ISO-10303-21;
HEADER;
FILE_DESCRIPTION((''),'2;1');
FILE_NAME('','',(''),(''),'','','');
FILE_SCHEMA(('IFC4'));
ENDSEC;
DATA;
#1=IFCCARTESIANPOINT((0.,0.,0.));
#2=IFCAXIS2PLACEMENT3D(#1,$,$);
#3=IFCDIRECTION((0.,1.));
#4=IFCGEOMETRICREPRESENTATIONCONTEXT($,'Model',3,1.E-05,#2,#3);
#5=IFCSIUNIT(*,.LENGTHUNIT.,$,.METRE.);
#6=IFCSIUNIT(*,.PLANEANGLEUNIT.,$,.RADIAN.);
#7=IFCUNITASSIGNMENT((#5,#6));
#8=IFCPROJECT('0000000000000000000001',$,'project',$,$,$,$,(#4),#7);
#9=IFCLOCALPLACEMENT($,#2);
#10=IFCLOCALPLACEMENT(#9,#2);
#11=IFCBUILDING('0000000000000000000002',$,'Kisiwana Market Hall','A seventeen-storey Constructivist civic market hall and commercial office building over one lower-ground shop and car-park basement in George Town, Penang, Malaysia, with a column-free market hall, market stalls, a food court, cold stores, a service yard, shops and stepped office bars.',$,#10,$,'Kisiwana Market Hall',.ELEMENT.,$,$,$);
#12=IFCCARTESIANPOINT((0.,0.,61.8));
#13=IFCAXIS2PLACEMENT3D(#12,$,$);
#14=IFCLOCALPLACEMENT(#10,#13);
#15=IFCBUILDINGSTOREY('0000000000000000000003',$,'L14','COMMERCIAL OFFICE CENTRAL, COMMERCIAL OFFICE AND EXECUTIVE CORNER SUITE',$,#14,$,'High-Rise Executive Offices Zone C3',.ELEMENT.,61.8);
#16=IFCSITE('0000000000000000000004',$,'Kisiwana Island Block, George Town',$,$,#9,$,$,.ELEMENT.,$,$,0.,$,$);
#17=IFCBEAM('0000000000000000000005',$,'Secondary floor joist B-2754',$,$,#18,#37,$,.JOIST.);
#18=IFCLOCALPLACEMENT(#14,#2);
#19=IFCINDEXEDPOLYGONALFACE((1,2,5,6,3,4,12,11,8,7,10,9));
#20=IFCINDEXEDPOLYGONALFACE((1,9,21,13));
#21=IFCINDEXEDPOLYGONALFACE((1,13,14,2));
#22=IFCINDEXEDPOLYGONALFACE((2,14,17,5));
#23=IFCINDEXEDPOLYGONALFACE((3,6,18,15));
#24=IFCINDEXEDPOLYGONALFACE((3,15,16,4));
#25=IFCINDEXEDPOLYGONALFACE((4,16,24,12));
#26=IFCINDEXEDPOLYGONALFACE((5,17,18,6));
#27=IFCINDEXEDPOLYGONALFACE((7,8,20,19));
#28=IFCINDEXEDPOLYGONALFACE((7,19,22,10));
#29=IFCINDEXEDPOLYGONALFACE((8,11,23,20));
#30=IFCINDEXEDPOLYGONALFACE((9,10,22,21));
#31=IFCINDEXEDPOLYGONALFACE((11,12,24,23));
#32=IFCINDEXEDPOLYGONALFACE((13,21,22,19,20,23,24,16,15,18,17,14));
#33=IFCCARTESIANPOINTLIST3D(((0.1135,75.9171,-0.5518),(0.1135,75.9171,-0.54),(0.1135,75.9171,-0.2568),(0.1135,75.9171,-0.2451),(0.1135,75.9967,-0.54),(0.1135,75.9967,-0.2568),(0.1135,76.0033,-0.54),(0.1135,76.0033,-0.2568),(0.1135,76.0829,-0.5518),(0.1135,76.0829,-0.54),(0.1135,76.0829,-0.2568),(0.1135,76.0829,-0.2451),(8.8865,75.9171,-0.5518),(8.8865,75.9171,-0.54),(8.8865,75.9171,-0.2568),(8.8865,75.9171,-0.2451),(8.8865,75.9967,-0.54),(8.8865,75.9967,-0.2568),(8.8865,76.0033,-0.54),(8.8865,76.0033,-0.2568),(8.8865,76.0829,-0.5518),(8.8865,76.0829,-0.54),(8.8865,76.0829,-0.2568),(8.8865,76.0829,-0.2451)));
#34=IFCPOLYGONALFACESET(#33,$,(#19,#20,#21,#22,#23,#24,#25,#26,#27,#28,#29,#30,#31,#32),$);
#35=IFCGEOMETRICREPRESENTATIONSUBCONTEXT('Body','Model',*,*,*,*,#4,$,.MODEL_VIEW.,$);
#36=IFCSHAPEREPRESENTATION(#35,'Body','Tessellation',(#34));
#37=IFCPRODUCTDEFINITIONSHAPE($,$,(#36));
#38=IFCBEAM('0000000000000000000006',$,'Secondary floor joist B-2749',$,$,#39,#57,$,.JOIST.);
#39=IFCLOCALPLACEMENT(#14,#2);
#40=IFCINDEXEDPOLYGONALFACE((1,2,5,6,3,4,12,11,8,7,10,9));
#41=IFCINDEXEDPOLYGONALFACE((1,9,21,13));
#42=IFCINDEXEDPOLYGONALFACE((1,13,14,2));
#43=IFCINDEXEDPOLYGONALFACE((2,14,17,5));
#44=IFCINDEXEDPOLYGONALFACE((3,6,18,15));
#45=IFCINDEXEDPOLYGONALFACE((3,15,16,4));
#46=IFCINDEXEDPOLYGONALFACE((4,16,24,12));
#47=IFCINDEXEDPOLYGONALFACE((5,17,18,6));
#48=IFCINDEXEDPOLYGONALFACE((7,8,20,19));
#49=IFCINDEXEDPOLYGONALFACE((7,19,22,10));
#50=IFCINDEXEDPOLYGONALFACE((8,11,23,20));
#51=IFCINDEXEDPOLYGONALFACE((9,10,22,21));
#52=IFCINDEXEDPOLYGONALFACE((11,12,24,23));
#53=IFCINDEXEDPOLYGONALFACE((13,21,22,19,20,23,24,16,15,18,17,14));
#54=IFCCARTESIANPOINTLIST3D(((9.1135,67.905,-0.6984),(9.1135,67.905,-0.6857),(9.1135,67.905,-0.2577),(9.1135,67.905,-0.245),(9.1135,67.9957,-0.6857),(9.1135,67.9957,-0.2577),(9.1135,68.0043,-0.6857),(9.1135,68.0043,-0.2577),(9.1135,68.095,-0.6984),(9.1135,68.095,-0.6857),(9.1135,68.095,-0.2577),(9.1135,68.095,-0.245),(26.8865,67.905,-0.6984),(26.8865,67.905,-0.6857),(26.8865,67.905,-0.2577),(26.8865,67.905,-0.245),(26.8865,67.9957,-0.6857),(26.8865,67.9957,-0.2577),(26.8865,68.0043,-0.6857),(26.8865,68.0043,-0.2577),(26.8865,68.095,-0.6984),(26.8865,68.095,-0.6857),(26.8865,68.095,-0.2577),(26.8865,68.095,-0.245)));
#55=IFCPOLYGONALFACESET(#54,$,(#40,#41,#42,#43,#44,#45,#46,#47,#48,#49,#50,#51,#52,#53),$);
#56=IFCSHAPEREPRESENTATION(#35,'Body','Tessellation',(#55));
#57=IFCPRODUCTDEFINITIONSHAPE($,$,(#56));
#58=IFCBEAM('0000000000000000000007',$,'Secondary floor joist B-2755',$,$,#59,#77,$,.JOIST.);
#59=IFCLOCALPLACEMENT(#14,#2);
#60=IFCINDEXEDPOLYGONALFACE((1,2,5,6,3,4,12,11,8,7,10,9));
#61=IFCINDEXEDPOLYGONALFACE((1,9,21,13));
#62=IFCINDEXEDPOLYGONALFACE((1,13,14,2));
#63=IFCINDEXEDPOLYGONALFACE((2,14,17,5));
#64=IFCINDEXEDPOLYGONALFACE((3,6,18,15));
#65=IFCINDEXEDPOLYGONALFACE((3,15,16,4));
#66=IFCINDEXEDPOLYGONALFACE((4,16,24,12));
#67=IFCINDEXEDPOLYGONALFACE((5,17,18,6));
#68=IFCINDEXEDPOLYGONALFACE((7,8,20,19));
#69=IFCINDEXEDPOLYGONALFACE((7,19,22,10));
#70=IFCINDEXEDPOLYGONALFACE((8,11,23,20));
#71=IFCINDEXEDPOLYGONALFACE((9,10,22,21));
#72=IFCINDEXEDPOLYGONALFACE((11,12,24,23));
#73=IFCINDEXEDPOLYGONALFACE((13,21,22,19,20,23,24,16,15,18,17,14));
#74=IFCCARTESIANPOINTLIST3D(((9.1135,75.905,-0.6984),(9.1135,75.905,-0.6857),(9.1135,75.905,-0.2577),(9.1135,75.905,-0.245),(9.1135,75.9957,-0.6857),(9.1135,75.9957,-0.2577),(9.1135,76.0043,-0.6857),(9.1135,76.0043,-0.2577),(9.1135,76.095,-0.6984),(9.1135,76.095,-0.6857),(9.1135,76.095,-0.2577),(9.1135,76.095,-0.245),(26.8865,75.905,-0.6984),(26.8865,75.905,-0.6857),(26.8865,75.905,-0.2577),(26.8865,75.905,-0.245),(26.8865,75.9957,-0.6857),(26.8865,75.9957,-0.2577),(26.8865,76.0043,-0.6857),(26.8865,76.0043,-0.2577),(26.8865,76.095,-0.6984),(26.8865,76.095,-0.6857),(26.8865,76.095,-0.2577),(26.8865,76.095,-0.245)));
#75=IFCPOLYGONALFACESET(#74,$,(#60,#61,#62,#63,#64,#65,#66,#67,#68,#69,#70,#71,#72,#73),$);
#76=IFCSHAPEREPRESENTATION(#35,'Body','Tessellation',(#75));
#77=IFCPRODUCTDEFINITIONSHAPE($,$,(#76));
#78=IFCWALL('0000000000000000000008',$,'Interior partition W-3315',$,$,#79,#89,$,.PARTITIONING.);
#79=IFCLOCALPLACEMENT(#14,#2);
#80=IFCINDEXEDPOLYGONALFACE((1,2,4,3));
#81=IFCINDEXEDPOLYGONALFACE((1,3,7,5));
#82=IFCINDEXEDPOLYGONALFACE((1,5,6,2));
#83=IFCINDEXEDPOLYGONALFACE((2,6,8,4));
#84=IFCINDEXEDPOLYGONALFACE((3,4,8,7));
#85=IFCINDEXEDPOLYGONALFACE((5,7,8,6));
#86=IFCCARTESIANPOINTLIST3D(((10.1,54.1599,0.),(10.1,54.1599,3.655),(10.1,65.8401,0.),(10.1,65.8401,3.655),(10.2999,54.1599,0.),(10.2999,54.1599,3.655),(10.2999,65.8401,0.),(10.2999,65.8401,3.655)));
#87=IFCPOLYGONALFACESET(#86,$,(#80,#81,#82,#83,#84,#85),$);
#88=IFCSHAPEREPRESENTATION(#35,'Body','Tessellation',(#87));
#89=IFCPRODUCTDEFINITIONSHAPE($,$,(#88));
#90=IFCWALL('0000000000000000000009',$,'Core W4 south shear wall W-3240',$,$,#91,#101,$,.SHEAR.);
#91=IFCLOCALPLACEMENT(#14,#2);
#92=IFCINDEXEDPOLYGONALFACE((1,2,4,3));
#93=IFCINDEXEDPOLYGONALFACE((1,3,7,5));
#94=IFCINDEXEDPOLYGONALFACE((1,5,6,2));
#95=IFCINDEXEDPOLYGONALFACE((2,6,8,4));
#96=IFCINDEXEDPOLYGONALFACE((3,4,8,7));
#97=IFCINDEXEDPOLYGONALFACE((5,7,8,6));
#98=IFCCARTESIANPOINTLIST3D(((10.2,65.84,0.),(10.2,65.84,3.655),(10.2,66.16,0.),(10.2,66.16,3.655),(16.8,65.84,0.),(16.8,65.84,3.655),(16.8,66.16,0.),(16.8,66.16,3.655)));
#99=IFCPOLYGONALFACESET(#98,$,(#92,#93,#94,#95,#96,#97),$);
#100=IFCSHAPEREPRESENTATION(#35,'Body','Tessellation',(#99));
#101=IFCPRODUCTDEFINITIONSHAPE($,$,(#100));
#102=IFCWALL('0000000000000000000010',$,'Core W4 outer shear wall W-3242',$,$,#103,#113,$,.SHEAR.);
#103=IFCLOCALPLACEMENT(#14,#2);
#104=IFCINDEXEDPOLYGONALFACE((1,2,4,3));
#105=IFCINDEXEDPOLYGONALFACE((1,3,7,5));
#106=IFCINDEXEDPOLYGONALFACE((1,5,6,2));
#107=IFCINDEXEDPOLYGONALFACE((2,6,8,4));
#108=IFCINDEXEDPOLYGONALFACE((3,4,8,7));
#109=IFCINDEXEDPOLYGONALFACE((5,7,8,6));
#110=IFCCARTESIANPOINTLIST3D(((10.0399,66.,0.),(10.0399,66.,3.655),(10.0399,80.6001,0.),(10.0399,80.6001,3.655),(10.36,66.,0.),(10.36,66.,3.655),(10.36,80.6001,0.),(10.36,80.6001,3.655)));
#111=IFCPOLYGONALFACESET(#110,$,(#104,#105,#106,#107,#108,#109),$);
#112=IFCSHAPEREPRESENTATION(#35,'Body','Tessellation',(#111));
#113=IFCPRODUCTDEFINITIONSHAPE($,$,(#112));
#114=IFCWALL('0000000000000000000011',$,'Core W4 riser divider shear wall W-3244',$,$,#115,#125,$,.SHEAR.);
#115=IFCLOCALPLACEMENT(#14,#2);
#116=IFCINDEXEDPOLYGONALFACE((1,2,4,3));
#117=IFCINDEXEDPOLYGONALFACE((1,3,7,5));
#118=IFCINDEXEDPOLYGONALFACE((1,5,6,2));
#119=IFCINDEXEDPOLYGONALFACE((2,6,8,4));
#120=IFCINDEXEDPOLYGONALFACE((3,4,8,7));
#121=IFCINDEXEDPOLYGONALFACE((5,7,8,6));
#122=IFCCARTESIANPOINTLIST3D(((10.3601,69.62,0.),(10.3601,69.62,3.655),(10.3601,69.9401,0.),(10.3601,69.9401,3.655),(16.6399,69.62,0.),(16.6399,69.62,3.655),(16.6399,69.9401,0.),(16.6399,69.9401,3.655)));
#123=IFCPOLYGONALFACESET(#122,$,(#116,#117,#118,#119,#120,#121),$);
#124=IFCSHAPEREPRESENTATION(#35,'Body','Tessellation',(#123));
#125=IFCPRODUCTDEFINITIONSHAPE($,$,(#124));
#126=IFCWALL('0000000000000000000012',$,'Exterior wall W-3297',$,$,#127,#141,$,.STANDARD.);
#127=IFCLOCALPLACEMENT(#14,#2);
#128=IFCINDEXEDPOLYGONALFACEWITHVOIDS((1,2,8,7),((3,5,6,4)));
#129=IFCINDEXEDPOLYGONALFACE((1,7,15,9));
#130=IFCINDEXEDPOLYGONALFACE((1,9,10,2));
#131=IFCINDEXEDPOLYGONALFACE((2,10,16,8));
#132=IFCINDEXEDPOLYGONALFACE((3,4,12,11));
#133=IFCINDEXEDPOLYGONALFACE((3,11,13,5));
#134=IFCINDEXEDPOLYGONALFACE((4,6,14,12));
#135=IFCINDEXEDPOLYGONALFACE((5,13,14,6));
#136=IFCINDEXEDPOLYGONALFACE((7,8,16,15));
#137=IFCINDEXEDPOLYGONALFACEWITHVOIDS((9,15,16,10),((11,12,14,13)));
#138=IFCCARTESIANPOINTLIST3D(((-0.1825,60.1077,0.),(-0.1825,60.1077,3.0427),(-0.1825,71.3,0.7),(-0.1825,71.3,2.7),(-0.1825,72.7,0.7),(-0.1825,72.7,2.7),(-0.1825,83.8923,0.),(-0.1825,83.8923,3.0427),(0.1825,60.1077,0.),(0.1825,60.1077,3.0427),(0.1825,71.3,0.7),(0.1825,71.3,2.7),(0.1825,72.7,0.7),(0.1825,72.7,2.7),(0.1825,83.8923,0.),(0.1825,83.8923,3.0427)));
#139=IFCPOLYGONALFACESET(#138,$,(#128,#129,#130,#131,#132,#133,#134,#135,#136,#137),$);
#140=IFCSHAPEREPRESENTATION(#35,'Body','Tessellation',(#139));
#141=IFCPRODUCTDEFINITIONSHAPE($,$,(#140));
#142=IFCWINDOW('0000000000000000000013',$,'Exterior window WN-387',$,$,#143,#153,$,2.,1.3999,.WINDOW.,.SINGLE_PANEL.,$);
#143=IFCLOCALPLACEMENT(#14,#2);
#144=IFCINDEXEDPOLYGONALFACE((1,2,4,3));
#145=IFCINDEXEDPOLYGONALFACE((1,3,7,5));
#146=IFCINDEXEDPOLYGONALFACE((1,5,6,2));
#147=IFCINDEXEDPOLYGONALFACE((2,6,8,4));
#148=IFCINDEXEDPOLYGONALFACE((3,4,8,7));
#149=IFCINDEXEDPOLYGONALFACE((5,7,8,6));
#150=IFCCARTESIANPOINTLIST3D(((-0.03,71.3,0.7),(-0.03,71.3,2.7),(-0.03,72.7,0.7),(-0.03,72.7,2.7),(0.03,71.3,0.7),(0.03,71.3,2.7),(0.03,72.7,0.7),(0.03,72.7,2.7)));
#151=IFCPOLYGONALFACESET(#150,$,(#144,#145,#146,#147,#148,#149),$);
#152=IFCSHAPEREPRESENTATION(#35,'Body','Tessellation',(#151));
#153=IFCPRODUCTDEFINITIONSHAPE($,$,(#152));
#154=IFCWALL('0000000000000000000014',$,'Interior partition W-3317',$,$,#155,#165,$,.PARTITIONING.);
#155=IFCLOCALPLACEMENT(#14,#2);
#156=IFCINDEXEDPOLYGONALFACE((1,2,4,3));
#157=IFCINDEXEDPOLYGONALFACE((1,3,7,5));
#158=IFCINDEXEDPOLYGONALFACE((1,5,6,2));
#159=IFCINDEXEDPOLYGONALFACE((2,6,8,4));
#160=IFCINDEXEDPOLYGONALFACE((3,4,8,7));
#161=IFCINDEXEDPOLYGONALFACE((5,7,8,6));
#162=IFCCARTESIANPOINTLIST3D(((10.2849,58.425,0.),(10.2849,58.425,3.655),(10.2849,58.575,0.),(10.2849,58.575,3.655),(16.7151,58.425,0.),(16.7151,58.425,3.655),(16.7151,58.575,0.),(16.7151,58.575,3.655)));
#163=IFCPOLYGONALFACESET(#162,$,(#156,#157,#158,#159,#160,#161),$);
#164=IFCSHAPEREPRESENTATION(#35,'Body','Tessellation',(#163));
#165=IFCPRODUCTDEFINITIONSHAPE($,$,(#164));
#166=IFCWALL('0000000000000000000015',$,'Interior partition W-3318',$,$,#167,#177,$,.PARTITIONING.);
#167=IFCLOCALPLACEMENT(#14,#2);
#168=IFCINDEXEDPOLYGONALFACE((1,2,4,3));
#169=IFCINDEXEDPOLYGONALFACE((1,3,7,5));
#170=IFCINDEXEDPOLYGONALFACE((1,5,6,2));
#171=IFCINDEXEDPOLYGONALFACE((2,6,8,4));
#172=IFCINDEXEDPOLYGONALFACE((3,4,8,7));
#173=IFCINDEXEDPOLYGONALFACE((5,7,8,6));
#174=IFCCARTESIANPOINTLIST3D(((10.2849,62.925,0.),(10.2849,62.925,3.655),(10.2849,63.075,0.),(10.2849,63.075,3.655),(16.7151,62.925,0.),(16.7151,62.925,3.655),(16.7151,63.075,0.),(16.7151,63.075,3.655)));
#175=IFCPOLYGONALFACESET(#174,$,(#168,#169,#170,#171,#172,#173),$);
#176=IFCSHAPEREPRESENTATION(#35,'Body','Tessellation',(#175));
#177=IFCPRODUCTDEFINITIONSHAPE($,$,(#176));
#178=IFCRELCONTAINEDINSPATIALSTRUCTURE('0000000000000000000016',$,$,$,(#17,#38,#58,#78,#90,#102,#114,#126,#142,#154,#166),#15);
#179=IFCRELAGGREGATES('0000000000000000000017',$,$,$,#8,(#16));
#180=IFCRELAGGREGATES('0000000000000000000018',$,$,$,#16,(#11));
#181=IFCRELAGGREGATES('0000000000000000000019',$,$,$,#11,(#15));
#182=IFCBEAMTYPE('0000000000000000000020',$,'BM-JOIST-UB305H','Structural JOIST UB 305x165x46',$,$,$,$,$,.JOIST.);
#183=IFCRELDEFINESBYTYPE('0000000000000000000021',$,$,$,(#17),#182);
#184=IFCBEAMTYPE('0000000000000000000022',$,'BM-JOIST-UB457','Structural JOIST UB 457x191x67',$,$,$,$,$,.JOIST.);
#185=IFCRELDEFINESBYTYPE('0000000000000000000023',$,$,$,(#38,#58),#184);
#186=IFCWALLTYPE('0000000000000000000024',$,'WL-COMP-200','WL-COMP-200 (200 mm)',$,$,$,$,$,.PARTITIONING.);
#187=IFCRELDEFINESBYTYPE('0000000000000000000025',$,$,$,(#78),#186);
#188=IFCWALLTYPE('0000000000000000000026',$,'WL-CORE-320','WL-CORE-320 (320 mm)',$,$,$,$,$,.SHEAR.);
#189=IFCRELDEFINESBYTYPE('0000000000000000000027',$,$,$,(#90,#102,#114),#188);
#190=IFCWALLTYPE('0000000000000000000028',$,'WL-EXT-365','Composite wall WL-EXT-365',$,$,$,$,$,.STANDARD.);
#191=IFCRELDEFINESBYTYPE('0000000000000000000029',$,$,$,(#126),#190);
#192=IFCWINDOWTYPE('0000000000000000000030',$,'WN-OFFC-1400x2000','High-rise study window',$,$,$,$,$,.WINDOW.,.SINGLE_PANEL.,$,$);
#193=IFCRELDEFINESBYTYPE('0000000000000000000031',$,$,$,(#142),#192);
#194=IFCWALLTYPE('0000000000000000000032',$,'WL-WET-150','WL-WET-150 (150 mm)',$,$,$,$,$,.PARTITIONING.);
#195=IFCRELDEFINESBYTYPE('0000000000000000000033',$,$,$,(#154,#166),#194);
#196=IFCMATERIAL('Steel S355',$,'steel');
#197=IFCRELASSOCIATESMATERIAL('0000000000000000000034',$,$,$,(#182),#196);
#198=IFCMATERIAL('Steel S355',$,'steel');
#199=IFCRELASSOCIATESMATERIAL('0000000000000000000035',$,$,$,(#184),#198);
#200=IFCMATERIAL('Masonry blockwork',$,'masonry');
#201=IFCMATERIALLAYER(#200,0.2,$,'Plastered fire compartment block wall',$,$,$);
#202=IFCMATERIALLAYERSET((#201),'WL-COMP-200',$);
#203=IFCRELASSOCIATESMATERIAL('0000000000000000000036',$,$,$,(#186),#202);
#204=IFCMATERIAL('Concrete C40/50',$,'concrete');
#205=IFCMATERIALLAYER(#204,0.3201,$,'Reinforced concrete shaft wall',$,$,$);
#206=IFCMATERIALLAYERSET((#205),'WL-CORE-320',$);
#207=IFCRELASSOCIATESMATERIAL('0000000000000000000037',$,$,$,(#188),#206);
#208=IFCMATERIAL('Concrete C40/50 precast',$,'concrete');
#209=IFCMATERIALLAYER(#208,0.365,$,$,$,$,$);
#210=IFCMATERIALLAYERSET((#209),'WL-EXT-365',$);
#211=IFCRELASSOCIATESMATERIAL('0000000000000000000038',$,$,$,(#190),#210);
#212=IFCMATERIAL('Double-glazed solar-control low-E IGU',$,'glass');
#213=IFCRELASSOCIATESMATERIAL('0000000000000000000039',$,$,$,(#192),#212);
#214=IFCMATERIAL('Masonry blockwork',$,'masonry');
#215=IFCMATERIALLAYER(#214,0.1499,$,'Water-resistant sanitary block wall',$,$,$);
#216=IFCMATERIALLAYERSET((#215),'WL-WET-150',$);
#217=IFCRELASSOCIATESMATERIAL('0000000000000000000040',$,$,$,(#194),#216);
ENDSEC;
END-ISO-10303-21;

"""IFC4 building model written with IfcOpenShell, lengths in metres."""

from ifc_helpers import new_model, si_unit, direction, frame, frame_2d, origin, origin_2d, place, context, subcontext, project, spatial, rectangle, i_section, extrude, material, layer, layer_set, material_profile, profile_set, type_object, element, fill, save


model = new_model("IFC4")

# Units and contexts
model_context = context("Model", 3, precision=1e-05, world=origin(), true_north=direction((0.0, 1.0)))
body_context = subcontext(model_context, "Body", "Model", "MODEL_VIEW")
ifc_project = project(units=[si_unit("LENGTHUNIT", "METRE"), si_unit("PLANEANGLEUNIT", "RADIAN")], contexts=[model_context])

# Site, building, storey
site_placement = place(None, origin())
site = spatial("IfcSite", under=ifc_project, at=site_placement, Name="Kisiwana Island Block, George Town", CompositionType="ELEMENT", RefElevation=0.0)
building_placement = place(site_placement, origin())
building = spatial("IfcBuilding", under=site, at=building_placement, Name="Kisiwana Market Hall", Description="A seventeen-storey Constructivist civic market hall and commercial office building over one lower-ground shop and car-park basement in George Town, Penang, Malaysia, with a column-free market hall, market stalls, a food court, cold stores, a service yard, shops and stepped office bars.", LongName="Kisiwana Market Hall", CompositionType="ELEMENT")
storey_placement = place(building_placement, frame((0.0, 0.0, 61.8)))
storey = spatial("IfcBuildingStorey", under=building, at=storey_placement, Name="L14", Description="COMMERCIAL OFFICE CENTRAL, COMMERCIAL OFFICE AND EXECUTIVE CORNER SUITE", LongName="High-Rise Executive Offices Zone C3", CompositionType="ELEMENT", Elevation=61.8)

# Beams
ifc_material_1 = material(Name="Steel S355", Category="steel")
ifc_material_profile_1 = material_profile(ifc_material_1, i_section(OverallWidth=0.1658, OverallDepth=0.3066, WebThickness=0.0066, FlangeThickness=0.0117, at=origin_2d()), Name="UB 305x165x46")
ifc_profile_set_1 = profile_set([ifc_material_profile_1], Name="Steel S355")
beam_type_1 = type_object("IfcBeamType", Name="BM-JOIST-UB305H", Description="Structural JOIST UB 305x165x46", PredefinedType="JOIST", material=ifc_profile_set_1)
for number, where, z_axis, x_axis, name in (
    (1, (0.1135, 76.0, -0.3984), (1.0, 0.0, 0.0), (0.0, 1.0, 0.0), "Secondary floor joist B-2754"),
):
    element("IfcBeam", number, at=place(storey_placement, frame(where, z_axis=z_axis, x_axis=x_axis)), inside=storey, type_object=beam_type_1, Name=name, PredefinedType="JOIST", context=body_context, shape_type="SweptSolid", body=[
        extrude(i_section(OverallWidth=0.1658, OverallDepth=0.3066, WebThickness=0.0066, FlangeThickness=0.0117, at=origin_2d()), origin(), (0.0, 0.0, 1.0), 8.7729),
    ])
ifc_material_2 = material(Name="Steel S355", Category="steel")
ifc_material_profile_2 = material_profile(ifc_material_2, i_section(OverallWidth=0.1899, OverallDepth=0.4534, WebThickness=0.0085, FlangeThickness=0.0127, at=origin_2d()), Name="UB 457x191x67")
ifc_profile_set_2 = profile_set([ifc_material_profile_2], Name="Steel S355")
beam_type_2 = type_object("IfcBeamType", Name="BM-JOIST-UB457", Description="Structural JOIST UB 457x191x67", PredefinedType="JOIST", material=ifc_profile_set_2)
for number, where, z_axis, x_axis, name in (
    (2, (9.1135, 68.0, -0.4717), (1.0, 0.0, 0.0), (0.0, 1.0, 0.0), "Secondary floor joist B-2749"),
    (3, (9.1135, 76.0, -0.4717), (1.0, 0.0, 0.0), (0.0, 1.0, 0.0), "Secondary floor joist B-2755"),
):
    element("IfcBeam", number, at=place(storey_placement, frame(where, z_axis=z_axis, x_axis=x_axis)), inside=storey, type_object=beam_type_2, Name=name, PredefinedType="JOIST", context=body_context, shape_type="SweptSolid", body=[
        extrude(i_section(OverallWidth=0.1899, OverallDepth=0.4534, WebThickness=0.0085, FlangeThickness=0.0127, at=origin_2d()), origin(), (0.0, 0.0, 1.0), 17.7729),
    ])

# Walls
ifc_material_3 = material(Name="Masonry blockwork", Category="masonry")
ifc_layer_1 = layer(ifc_material_3, 0.2, Name="Plastered fire compartment block wall")
ifc_layer_set_1 = layer_set([ifc_layer_1], Name="WL-COMP-200")
wall_type_1 = type_object("IfcWallType", Name="WL-COMP-200", Description="WL-COMP-200 (200 mm)", PredefinedType="PARTITIONING", material=ifc_layer_set_1)
wall_1_placement = place(storey_placement, frame((10.2, 54.1599, 0.0), z_axis=(0.0, 0.0, 1.0), x_axis=(0.0, 1.0, 0.0)))
element("IfcWall", 4, at=wall_1_placement, inside=storey, type_object=wall_type_1, Name="Interior partition W-3315", PredefinedType="PARTITIONING", context=body_context, shape_type="SweptSolid", body=[
    extrude(rectangle(XDim=11.6802, YDim=0.2, at=frame_2d((5.8401, 0.0))), origin(), (0.0, 0.0, 1.0), 3.655),
])
ifc_material_4 = material(Name="Concrete C40/50", Category="concrete")
ifc_layer_2 = layer(ifc_material_4, 0.3201, Name="Reinforced concrete shaft wall")
ifc_layer_set_2 = layer_set([ifc_layer_2], Name="WL-CORE-320")
wall_type_2 = type_object("IfcWallType", Name="WL-CORE-320", Description="WL-CORE-320 (320 mm)", PredefinedType="SHEAR", material=ifc_layer_set_2)
wall_2_placement = place(storey_placement, frame((10.2, 66.0, 0.0), z_axis=(0.0, 0.0, 1.0), x_axis=(1.0, 0.0, 0.0)))
element("IfcWall", 5, at=wall_2_placement, inside=storey, type_object=wall_type_2, Name="Core W4 south shear wall W-3240", PredefinedType="SHEAR", context=body_context, shape_type="SweptSolid", body=[
    extrude(rectangle(XDim=6.6001, YDim=0.3201, at=frame_2d((3.3, 0.0))), origin(), (0.0, 0.0, 1.0), 3.655),
])
wall_3_placement = place(storey_placement, frame((10.2, 66.0, 0.0), z_axis=(0.0, 0.0, 1.0), x_axis=(0.0, 1.0, 0.0)))
element("IfcWall", 6, at=wall_3_placement, inside=storey, type_object=wall_type_2, Name="Core W4 outer shear wall W-3242", PredefinedType="SHEAR", context=body_context, shape_type="SweptSolid", body=[
    extrude(rectangle(XDim=14.6001, YDim=0.3201, at=frame_2d((7.3, 0.0))), origin(), (0.0, 0.0, 1.0), 3.655),
])
wall_4_placement = place(storey_placement, frame((10.3601, 69.78, 0.0), z_axis=(0.0, 0.0, 1.0), x_axis=(1.0, 0.0, 0.0)))
element("IfcWall", 7, at=wall_4_placement, inside=storey, type_object=wall_type_2, Name="Core W4 riser divider shear wall W-3244", PredefinedType="SHEAR", context=body_context, shape_type="SweptSolid", body=[
    extrude(rectangle(XDim=6.2798, YDim=0.3201, at=frame_2d((3.1399, 0.0))), origin(), (0.0, 0.0, 1.0), 3.655),
])

# Wall, opening, window
ifc_material_5 = material(Name="Concrete C40/50 precast", Category="concrete")
ifc_layer_3 = layer(ifc_material_5, 0.365)
ifc_layer_set_3 = layer_set([ifc_layer_3], Name="WL-EXT-365")
wall_type_3 = type_object("IfcWallType", Name="WL-EXT-365", Description="Composite wall WL-EXT-365", PredefinedType="STANDARD", material=ifc_layer_set_3)
wall_5_placement = place(storey_placement, frame((0.0, 60.1077, 0.0), z_axis=(0.0, 0.0, 1.0), x_axis=(0.0, 1.0, 0.0)))
wall_5 = element("IfcWall", 8, at=wall_5_placement, inside=storey, type_object=wall_type_3, Name="Exterior wall W-3297", PredefinedType="STANDARD", context=body_context, shape_type="SweptSolid", body=[
    extrude(rectangle(XDim=23.7847, YDim=0.365, at=frame_2d((11.8923, 0.0))), origin(), (0.0, 0.0, 1.0), 3.0427),
])
opening_placement = place(wall_5_placement, frame((11.1924, 0.0, 0.7)))
opening = element("IfcOpeningElement", 9, at=opening_placement, cuts=wall_5, PredefinedType="OPENING", context=body_context, shape_type="SweptSolid", body=[
    extrude(rectangle(XDim=1.3999, YDim=2.0, at=frame_2d((0.7, 1.0))), frame((0.0, 0.1943, 0.0), z_axis=(0.0, -1.0, 0.0), x_axis=(1.0, 0.0, 0.0)), (0.0, 0.0, 1.0), 0.3889),
])
ifc_material_6 = material(Name="Double-glazed solar-control low-E IGU", Category="glass")
window_type = type_object("IfcWindowType", Name="WN-OFFC-1400x2000", Description="High-rise study window", PartitioningType="SINGLE_PANEL", PredefinedType="WINDOW", material=ifc_material_6)
window_placement = place(opening_placement, origin())
window = element("IfcWindow", 10, at=window_placement, inside=storey, type_object=window_type, Name="Exterior window WN-387", OverallHeight=2.0, OverallWidth=1.3999, PartitioningType="SINGLE_PANEL", PredefinedType="WINDOW", context=body_context, shape_type="SweptSolid", body=[
    extrude(rectangle(XDim=1.3999, YDim=2.0, at=frame_2d((0.7, 1.0))), frame((0.0, 0.03, 0.0), z_axis=(0.0, -1.0, 0.0), x_axis=(1.0, 0.0, 0.0)), (0.0, 0.0, 1.0), 0.0601),
])
fill(opening, window)

# Walls
ifc_material_7 = material(Name="Masonry blockwork", Category="masonry")
ifc_layer_4 = layer(ifc_material_7, 0.1499, Name="Water-resistant sanitary block wall")
ifc_layer_set_4 = layer_set([ifc_layer_4], Name="WL-WET-150")
wall_type_4 = type_object("IfcWallType", Name="WL-WET-150", Description="WL-WET-150 (150 mm)", PredefinedType="PARTITIONING", material=ifc_layer_set_4)
for number, where, z_axis, x_axis, name in (
    (11, (10.2849, 58.5, 0.0), (0.0, 0.0, 1.0), (1.0, 0.0, 0.0), "Interior partition W-3317"),
    (12, (10.2849, 63.0, 0.0), (0.0, 0.0, 1.0), (1.0, 0.0, 0.0), "Interior partition W-3318"),
):
    element("IfcWall", number, at=place(storey_placement, frame(where, z_axis=z_axis, x_axis=x_axis)), inside=storey, type_object=wall_type_4, Name=name, PredefinedType="PARTITIONING", context=body_context, shape_type="SweptSolid", body=[
        extrude(rectangle(XDim=6.4302, YDim=0.1499, at=frame_2d((3.2151, 0.0))), origin(), (0.0, 0.0, 1.0), 3.655),
    ])

save(model, "model.ifc")
